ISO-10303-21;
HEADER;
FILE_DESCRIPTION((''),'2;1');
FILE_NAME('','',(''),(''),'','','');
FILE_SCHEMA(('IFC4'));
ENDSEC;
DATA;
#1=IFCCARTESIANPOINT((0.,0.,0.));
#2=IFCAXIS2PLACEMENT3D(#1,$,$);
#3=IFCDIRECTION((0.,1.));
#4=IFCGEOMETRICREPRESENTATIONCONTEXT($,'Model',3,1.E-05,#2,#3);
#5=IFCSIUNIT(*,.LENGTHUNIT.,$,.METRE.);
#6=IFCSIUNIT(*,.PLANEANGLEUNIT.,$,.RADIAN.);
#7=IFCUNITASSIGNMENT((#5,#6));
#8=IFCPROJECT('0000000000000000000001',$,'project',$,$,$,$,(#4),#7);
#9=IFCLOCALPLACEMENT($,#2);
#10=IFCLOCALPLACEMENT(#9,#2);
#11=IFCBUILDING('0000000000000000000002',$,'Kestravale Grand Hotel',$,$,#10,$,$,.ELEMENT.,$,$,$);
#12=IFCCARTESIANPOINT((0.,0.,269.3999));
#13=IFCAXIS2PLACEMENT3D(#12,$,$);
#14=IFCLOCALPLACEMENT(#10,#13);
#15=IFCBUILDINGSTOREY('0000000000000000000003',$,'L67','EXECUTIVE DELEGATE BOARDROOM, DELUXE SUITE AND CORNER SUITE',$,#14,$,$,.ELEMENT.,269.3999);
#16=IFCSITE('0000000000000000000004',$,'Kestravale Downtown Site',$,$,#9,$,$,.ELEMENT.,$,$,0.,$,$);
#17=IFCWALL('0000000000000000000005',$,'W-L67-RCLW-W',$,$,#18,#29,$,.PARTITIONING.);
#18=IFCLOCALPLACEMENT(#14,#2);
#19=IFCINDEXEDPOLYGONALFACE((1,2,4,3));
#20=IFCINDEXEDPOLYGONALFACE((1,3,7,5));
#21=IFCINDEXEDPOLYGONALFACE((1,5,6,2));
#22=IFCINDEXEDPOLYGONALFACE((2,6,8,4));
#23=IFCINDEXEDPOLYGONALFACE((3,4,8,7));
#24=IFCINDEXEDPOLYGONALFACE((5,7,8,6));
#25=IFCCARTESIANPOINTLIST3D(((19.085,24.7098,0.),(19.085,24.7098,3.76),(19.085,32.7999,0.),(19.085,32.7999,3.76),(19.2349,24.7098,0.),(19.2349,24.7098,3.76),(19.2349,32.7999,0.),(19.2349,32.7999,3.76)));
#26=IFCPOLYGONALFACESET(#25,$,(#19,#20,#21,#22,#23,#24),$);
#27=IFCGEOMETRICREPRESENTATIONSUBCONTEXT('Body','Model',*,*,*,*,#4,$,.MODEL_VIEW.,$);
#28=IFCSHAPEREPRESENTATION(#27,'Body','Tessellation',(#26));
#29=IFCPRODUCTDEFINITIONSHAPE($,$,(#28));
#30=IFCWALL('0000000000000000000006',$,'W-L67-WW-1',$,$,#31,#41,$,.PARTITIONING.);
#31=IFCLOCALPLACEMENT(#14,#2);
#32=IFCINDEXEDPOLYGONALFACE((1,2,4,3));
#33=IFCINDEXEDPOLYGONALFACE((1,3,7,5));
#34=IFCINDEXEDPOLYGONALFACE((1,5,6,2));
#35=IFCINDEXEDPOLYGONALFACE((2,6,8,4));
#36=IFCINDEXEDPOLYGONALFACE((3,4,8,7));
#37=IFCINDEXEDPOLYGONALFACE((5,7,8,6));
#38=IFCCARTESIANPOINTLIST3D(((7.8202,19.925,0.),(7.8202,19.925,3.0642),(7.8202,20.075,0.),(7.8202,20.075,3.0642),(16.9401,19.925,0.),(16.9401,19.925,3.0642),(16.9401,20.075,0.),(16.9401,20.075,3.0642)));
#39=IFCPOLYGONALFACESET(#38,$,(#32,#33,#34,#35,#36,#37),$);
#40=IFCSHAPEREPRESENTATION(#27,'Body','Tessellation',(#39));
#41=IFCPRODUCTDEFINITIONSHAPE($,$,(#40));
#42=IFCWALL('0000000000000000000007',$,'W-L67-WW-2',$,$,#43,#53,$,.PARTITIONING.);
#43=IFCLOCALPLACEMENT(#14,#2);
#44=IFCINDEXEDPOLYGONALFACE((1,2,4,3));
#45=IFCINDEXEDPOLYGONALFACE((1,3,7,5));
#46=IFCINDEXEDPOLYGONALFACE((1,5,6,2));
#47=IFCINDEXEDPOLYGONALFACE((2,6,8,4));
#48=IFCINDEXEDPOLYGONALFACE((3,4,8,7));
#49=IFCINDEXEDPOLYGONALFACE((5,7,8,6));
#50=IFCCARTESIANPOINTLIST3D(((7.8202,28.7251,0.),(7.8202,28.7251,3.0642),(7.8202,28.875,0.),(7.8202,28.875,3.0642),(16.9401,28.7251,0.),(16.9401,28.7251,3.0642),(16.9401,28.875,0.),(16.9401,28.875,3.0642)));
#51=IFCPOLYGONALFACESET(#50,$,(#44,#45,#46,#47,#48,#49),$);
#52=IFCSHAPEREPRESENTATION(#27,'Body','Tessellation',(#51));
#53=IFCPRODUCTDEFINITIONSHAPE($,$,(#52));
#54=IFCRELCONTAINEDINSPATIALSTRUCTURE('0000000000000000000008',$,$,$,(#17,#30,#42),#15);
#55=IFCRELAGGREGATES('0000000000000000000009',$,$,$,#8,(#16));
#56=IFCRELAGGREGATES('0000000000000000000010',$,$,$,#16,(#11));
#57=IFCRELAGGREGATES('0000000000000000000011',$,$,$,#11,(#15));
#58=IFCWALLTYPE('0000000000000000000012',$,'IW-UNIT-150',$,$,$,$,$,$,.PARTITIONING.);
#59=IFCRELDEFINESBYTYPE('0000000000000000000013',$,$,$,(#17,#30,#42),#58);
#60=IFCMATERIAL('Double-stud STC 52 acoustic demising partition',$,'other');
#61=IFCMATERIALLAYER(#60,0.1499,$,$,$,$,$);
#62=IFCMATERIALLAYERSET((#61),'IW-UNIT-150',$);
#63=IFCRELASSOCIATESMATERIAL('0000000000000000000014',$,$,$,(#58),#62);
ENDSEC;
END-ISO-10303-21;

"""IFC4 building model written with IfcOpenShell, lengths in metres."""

from ifc_helpers import new_model, si_unit, direction, frame, frame_2d, origin, place, context, subcontext, project, spatial, rectangle, extrude, material, layer, layer_set, type_object, element, save


model = new_model("IFC4")

# Units and contexts
model_context = context("Model", 3, precision=1e-05, world=origin(), true_north=direction((0.0, 1.0)))
body_context = subcontext(model_context, "Body", "Model", "MODEL_VIEW")
ifc_project = project(units=[si_unit("LENGTHUNIT", "METRE"), si_unit("PLANEANGLEUNIT", "RADIAN")], contexts=[model_context])

# Site, building, storey
site_placement = place(None, origin())
site = spatial("IfcSite", under=ifc_project, at=site_placement, Name="Kestravale Downtown Site", CompositionType="ELEMENT", RefElevation=0.0)
building_placement = place(site_placement, origin())
building = spatial("IfcBuilding", under=site, at=building_placement, Name="Kestravale Grand Hotel", CompositionType="ELEMENT")
storey_placement = place(building_placement, frame((0.0, 0.0, 269.3999)))
storey = spatial("IfcBuildingStorey", under=building, at=storey_placement, Name="L67", Description="EXECUTIVE DELEGATE BOARDROOM, DELUXE SUITE AND CORNER SUITE", CompositionType="ELEMENT", Elevation=269.3999)

# Walls
ifc_material_1 = material(Name="Double-stud STC 52 acoustic demising partition", Category="other")
ifc_layer_1 = layer(ifc_material_1, 0.1499)
ifc_layer_set_1 = layer_set([ifc_layer_1], Name="IW-UNIT-150")
wall_type_1 = type_object("IfcWallType", Name="IW-UNIT-150", PredefinedType="PARTITIONING", material=ifc_layer_set_1)
wall_1_placement = place(storey_placement, frame((19.1599, 24.71, 0.0), z_axis=(0.0, 0.0, 1.0), x_axis=(0.0, 1.0, 0.0)))
element("IfcWall", 1, at=wall_1_placement, inside=storey, type_object=wall_type_1, Name="W-L67-RCLW-W", PredefinedType="PARTITIONING", context=body_context, shape_type="SweptSolid", body=[
    extrude(rectangle(XDim=8.0901, YDim=0.1499, at=frame_2d((4.0449, 0.0))), origin(), (0.0, 0.0, 1.0), 3.76),
])
for number, where, z_axis, x_axis, name in (
    (2, (7.8201, 20.0, 0.0), (0.0, 0.0, 1.0), (1.0, 0.0, 0.0), "W-L67-WW-1"),
    (3, (7.8201, 28.8, 0.0), (0.0, 0.0, 1.0), (1.0, 0.0, 0.0), "W-L67-WW-2"),
):
    element("IfcWall", number, at=place(storey_placement, frame(where, z_axis=z_axis, x_axis=x_axis)), inside=storey, type_object=wall_type_1, Name=name, PredefinedType="PARTITIONING", context=body_context, shape_type="SweptSolid", body=[
        extrude(rectangle(XDim=9.1199, YDim=0.1499, at=frame_2d((4.5601, 0.0))), origin(), (0.0, 0.0, 1.0), 3.0642),
    ])

save(model, "model.ifc")
